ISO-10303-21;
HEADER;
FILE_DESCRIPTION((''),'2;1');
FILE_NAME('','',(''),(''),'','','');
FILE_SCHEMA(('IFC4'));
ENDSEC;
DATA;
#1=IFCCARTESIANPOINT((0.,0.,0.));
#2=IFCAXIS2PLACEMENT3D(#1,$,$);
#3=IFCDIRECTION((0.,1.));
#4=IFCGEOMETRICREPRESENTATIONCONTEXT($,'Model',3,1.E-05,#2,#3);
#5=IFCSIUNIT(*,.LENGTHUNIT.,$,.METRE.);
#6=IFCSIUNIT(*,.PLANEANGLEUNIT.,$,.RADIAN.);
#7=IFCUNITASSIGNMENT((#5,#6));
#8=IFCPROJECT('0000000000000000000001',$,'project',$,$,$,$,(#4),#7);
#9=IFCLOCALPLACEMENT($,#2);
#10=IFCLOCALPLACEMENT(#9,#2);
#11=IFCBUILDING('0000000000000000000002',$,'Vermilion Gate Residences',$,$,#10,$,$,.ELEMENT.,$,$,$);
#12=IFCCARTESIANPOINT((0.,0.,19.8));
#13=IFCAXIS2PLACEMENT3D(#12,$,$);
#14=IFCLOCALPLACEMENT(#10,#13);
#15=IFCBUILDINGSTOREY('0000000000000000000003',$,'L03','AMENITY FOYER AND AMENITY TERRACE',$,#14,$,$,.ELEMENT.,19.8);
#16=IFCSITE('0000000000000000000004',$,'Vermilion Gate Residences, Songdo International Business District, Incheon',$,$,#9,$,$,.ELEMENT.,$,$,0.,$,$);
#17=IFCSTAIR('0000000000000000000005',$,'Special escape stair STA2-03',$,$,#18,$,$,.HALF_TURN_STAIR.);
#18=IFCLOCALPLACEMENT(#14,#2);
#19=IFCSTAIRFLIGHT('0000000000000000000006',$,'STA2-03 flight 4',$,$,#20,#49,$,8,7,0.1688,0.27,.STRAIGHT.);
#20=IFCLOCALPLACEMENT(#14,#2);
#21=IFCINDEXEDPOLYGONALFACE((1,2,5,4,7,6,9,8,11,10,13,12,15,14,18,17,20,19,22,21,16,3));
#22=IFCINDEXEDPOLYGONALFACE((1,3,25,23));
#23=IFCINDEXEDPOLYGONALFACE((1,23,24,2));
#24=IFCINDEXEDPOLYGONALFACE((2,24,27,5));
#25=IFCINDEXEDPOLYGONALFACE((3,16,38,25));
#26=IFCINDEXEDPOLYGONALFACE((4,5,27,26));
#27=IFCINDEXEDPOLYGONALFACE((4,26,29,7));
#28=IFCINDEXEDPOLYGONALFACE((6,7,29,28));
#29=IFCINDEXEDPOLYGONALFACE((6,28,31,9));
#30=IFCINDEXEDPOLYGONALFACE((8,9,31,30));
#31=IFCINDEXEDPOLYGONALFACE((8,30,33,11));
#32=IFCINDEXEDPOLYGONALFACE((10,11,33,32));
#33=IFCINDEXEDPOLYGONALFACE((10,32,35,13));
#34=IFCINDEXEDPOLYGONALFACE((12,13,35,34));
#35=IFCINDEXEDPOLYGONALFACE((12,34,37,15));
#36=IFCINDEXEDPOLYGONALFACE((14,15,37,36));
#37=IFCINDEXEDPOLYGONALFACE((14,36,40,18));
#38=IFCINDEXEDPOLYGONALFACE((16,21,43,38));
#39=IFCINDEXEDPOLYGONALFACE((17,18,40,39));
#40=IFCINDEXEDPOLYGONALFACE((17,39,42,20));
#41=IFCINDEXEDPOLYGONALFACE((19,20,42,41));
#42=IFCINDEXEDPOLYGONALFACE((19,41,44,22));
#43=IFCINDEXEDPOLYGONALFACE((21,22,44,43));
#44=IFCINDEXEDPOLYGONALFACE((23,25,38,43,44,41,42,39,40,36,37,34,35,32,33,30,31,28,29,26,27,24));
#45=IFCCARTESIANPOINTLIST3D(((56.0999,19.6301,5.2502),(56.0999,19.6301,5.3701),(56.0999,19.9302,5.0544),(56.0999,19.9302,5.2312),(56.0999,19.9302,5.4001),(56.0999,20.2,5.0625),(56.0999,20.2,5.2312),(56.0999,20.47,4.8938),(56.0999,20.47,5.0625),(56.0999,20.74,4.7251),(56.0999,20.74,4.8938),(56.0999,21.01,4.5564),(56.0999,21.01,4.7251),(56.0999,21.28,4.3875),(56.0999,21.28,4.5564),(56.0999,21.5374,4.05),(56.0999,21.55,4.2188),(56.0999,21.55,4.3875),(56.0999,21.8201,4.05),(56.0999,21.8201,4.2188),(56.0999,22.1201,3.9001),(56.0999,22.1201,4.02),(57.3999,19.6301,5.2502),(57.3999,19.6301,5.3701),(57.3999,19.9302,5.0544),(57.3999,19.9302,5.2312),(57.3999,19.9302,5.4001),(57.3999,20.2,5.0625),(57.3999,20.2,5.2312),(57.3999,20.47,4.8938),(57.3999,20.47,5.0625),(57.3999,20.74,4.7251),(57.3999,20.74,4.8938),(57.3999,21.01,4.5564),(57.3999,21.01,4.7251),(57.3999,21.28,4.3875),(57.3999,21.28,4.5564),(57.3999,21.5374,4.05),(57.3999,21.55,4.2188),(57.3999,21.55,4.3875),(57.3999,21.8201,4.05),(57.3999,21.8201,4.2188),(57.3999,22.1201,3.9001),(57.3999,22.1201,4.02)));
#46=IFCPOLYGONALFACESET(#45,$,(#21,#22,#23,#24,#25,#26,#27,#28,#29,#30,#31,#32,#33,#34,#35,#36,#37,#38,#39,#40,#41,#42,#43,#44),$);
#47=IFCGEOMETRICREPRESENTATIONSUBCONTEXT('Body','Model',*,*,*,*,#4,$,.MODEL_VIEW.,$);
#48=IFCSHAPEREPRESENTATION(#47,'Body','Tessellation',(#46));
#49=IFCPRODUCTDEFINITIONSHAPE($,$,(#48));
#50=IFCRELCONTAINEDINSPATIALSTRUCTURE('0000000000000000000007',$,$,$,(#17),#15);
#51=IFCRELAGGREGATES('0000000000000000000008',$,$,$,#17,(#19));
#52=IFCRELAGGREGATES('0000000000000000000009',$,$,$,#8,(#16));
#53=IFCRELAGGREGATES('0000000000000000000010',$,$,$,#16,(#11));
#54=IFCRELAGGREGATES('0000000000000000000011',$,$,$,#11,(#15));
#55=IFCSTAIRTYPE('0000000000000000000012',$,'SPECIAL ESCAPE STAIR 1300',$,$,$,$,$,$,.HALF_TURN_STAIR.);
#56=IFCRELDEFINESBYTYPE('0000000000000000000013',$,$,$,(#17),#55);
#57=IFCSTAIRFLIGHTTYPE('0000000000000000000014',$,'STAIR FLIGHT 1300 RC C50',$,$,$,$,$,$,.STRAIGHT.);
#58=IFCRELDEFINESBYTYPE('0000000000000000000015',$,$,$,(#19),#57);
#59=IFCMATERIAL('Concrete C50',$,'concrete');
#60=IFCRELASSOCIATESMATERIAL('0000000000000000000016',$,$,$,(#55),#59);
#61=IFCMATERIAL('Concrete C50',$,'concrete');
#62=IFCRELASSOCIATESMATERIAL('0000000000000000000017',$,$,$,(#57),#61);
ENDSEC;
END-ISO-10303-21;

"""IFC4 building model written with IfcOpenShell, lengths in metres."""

from ifc_helpers import new_model, si_unit, direction, frame, origin, place, context, subcontext, project, spatial, polyline, outline, extrude, material, type_object, element, aggregate, save


model = new_model("IFC4")

# Units and contexts
model_context = context("Model", 3, precision=1e-05, world=origin(), true_north=direction((0.0, 1.0)))
body_context = subcontext(model_context, "Body", "Model", "MODEL_VIEW")
ifc_project = project(units=[si_unit("LENGTHUNIT", "METRE"), si_unit("PLANEANGLEUNIT", "RADIAN")], contexts=[model_context])

# Site, building, storey
site_placement = place(None, origin())
site = spatial("IfcSite", under=ifc_project, at=site_placement, Name="Vermilion Gate Residences, Songdo International Business District, Incheon", CompositionType="ELEMENT", RefElevation=0.0)
building_placement = place(site_placement, origin())
building = spatial("IfcBuilding", under=site, at=building_placement, Name="Vermilion Gate Residences", CompositionType="ELEMENT")
storey_placement = place(building_placement, frame((0.0, 0.0, 19.8)))
storey = spatial("IfcBuildingStorey", under=building, at=storey_placement, Name="L03", Description="AMENITY FOYER AND AMENITY TERRACE", CompositionType="ELEMENT", Elevation=19.8)

# Stair, stair flight
ifc_material_1 = material(Name="Concrete C50", Category="concrete")
stair_type = type_object("IfcStairType", Name="SPECIAL ESCAPE STAIR 1300", PredefinedType="HALF_TURN_STAIR", material=ifc_material_1)
stair_placement = place(storey_placement, origin())
stair = element("IfcStair", 1, at=stair_placement, inside=storey, type_object=stair_type, Name="Special escape stair STA2-03", PredefinedType="HALF_TURN_STAIR")
ifc_material_2 = material(Name="Concrete C50", Category="concrete")
stair_flight_type = type_object("IfcStairFlightType", Name="STAIR FLIGHT 1300 RC C50", PredefinedType="STRAIGHT", material=ifc_material_2)
stair_flight_1_placement = place(storey_placement, frame((56.75, 21.8201, 4.05), z_axis=(0.0, 0.0, 1.0), x_axis=(0.0, -1.0, 0.0)))
stair_flight_1 = element("IfcStairFlight", 2, at=stair_flight_1_placement, type_object=stair_flight_type, Name="STA2-03 flight 4", NumberOfRisers=8, NumberOfTreads=7, PredefinedType="STRAIGHT", RiserHeight=0.1688, TreadLength=0.27, context=body_context, shape_type="SweptSolid", body=[
    extrude(outline(polyline([(-0.3, -0.1499), (-0.3, -0.03), (0.0, 0.0), (0.0, 0.1687), (0.27, 0.1687), (0.27, 0.3374), (0.54, 0.3374), (0.54, 0.5063), (0.8101, 0.5063), (0.8101, 0.675), (1.0801, 0.675), (1.0801, 0.8438), (1.3501, 0.8438), (1.3501, 1.0125), (1.6201, 1.0125), (1.6201, 1.1812), (1.8899, 1.1812), (1.8899, 1.3501), (2.1899, 1.3201), (2.1899, 1.2002), (1.8899, 1.0044), (0.2827, 0.0), (-0.3, -0.1499)])), frame((0.0, 0.6499, 0.0), z_axis=(0.0, -1.0, 0.0), x_axis=(1.0, 0.0, 0.0)), (0.0, 0.0, 1.0), 1.3),
])
aggregate(stair, [stair_flight_1])

save(model, "model.ifc")
